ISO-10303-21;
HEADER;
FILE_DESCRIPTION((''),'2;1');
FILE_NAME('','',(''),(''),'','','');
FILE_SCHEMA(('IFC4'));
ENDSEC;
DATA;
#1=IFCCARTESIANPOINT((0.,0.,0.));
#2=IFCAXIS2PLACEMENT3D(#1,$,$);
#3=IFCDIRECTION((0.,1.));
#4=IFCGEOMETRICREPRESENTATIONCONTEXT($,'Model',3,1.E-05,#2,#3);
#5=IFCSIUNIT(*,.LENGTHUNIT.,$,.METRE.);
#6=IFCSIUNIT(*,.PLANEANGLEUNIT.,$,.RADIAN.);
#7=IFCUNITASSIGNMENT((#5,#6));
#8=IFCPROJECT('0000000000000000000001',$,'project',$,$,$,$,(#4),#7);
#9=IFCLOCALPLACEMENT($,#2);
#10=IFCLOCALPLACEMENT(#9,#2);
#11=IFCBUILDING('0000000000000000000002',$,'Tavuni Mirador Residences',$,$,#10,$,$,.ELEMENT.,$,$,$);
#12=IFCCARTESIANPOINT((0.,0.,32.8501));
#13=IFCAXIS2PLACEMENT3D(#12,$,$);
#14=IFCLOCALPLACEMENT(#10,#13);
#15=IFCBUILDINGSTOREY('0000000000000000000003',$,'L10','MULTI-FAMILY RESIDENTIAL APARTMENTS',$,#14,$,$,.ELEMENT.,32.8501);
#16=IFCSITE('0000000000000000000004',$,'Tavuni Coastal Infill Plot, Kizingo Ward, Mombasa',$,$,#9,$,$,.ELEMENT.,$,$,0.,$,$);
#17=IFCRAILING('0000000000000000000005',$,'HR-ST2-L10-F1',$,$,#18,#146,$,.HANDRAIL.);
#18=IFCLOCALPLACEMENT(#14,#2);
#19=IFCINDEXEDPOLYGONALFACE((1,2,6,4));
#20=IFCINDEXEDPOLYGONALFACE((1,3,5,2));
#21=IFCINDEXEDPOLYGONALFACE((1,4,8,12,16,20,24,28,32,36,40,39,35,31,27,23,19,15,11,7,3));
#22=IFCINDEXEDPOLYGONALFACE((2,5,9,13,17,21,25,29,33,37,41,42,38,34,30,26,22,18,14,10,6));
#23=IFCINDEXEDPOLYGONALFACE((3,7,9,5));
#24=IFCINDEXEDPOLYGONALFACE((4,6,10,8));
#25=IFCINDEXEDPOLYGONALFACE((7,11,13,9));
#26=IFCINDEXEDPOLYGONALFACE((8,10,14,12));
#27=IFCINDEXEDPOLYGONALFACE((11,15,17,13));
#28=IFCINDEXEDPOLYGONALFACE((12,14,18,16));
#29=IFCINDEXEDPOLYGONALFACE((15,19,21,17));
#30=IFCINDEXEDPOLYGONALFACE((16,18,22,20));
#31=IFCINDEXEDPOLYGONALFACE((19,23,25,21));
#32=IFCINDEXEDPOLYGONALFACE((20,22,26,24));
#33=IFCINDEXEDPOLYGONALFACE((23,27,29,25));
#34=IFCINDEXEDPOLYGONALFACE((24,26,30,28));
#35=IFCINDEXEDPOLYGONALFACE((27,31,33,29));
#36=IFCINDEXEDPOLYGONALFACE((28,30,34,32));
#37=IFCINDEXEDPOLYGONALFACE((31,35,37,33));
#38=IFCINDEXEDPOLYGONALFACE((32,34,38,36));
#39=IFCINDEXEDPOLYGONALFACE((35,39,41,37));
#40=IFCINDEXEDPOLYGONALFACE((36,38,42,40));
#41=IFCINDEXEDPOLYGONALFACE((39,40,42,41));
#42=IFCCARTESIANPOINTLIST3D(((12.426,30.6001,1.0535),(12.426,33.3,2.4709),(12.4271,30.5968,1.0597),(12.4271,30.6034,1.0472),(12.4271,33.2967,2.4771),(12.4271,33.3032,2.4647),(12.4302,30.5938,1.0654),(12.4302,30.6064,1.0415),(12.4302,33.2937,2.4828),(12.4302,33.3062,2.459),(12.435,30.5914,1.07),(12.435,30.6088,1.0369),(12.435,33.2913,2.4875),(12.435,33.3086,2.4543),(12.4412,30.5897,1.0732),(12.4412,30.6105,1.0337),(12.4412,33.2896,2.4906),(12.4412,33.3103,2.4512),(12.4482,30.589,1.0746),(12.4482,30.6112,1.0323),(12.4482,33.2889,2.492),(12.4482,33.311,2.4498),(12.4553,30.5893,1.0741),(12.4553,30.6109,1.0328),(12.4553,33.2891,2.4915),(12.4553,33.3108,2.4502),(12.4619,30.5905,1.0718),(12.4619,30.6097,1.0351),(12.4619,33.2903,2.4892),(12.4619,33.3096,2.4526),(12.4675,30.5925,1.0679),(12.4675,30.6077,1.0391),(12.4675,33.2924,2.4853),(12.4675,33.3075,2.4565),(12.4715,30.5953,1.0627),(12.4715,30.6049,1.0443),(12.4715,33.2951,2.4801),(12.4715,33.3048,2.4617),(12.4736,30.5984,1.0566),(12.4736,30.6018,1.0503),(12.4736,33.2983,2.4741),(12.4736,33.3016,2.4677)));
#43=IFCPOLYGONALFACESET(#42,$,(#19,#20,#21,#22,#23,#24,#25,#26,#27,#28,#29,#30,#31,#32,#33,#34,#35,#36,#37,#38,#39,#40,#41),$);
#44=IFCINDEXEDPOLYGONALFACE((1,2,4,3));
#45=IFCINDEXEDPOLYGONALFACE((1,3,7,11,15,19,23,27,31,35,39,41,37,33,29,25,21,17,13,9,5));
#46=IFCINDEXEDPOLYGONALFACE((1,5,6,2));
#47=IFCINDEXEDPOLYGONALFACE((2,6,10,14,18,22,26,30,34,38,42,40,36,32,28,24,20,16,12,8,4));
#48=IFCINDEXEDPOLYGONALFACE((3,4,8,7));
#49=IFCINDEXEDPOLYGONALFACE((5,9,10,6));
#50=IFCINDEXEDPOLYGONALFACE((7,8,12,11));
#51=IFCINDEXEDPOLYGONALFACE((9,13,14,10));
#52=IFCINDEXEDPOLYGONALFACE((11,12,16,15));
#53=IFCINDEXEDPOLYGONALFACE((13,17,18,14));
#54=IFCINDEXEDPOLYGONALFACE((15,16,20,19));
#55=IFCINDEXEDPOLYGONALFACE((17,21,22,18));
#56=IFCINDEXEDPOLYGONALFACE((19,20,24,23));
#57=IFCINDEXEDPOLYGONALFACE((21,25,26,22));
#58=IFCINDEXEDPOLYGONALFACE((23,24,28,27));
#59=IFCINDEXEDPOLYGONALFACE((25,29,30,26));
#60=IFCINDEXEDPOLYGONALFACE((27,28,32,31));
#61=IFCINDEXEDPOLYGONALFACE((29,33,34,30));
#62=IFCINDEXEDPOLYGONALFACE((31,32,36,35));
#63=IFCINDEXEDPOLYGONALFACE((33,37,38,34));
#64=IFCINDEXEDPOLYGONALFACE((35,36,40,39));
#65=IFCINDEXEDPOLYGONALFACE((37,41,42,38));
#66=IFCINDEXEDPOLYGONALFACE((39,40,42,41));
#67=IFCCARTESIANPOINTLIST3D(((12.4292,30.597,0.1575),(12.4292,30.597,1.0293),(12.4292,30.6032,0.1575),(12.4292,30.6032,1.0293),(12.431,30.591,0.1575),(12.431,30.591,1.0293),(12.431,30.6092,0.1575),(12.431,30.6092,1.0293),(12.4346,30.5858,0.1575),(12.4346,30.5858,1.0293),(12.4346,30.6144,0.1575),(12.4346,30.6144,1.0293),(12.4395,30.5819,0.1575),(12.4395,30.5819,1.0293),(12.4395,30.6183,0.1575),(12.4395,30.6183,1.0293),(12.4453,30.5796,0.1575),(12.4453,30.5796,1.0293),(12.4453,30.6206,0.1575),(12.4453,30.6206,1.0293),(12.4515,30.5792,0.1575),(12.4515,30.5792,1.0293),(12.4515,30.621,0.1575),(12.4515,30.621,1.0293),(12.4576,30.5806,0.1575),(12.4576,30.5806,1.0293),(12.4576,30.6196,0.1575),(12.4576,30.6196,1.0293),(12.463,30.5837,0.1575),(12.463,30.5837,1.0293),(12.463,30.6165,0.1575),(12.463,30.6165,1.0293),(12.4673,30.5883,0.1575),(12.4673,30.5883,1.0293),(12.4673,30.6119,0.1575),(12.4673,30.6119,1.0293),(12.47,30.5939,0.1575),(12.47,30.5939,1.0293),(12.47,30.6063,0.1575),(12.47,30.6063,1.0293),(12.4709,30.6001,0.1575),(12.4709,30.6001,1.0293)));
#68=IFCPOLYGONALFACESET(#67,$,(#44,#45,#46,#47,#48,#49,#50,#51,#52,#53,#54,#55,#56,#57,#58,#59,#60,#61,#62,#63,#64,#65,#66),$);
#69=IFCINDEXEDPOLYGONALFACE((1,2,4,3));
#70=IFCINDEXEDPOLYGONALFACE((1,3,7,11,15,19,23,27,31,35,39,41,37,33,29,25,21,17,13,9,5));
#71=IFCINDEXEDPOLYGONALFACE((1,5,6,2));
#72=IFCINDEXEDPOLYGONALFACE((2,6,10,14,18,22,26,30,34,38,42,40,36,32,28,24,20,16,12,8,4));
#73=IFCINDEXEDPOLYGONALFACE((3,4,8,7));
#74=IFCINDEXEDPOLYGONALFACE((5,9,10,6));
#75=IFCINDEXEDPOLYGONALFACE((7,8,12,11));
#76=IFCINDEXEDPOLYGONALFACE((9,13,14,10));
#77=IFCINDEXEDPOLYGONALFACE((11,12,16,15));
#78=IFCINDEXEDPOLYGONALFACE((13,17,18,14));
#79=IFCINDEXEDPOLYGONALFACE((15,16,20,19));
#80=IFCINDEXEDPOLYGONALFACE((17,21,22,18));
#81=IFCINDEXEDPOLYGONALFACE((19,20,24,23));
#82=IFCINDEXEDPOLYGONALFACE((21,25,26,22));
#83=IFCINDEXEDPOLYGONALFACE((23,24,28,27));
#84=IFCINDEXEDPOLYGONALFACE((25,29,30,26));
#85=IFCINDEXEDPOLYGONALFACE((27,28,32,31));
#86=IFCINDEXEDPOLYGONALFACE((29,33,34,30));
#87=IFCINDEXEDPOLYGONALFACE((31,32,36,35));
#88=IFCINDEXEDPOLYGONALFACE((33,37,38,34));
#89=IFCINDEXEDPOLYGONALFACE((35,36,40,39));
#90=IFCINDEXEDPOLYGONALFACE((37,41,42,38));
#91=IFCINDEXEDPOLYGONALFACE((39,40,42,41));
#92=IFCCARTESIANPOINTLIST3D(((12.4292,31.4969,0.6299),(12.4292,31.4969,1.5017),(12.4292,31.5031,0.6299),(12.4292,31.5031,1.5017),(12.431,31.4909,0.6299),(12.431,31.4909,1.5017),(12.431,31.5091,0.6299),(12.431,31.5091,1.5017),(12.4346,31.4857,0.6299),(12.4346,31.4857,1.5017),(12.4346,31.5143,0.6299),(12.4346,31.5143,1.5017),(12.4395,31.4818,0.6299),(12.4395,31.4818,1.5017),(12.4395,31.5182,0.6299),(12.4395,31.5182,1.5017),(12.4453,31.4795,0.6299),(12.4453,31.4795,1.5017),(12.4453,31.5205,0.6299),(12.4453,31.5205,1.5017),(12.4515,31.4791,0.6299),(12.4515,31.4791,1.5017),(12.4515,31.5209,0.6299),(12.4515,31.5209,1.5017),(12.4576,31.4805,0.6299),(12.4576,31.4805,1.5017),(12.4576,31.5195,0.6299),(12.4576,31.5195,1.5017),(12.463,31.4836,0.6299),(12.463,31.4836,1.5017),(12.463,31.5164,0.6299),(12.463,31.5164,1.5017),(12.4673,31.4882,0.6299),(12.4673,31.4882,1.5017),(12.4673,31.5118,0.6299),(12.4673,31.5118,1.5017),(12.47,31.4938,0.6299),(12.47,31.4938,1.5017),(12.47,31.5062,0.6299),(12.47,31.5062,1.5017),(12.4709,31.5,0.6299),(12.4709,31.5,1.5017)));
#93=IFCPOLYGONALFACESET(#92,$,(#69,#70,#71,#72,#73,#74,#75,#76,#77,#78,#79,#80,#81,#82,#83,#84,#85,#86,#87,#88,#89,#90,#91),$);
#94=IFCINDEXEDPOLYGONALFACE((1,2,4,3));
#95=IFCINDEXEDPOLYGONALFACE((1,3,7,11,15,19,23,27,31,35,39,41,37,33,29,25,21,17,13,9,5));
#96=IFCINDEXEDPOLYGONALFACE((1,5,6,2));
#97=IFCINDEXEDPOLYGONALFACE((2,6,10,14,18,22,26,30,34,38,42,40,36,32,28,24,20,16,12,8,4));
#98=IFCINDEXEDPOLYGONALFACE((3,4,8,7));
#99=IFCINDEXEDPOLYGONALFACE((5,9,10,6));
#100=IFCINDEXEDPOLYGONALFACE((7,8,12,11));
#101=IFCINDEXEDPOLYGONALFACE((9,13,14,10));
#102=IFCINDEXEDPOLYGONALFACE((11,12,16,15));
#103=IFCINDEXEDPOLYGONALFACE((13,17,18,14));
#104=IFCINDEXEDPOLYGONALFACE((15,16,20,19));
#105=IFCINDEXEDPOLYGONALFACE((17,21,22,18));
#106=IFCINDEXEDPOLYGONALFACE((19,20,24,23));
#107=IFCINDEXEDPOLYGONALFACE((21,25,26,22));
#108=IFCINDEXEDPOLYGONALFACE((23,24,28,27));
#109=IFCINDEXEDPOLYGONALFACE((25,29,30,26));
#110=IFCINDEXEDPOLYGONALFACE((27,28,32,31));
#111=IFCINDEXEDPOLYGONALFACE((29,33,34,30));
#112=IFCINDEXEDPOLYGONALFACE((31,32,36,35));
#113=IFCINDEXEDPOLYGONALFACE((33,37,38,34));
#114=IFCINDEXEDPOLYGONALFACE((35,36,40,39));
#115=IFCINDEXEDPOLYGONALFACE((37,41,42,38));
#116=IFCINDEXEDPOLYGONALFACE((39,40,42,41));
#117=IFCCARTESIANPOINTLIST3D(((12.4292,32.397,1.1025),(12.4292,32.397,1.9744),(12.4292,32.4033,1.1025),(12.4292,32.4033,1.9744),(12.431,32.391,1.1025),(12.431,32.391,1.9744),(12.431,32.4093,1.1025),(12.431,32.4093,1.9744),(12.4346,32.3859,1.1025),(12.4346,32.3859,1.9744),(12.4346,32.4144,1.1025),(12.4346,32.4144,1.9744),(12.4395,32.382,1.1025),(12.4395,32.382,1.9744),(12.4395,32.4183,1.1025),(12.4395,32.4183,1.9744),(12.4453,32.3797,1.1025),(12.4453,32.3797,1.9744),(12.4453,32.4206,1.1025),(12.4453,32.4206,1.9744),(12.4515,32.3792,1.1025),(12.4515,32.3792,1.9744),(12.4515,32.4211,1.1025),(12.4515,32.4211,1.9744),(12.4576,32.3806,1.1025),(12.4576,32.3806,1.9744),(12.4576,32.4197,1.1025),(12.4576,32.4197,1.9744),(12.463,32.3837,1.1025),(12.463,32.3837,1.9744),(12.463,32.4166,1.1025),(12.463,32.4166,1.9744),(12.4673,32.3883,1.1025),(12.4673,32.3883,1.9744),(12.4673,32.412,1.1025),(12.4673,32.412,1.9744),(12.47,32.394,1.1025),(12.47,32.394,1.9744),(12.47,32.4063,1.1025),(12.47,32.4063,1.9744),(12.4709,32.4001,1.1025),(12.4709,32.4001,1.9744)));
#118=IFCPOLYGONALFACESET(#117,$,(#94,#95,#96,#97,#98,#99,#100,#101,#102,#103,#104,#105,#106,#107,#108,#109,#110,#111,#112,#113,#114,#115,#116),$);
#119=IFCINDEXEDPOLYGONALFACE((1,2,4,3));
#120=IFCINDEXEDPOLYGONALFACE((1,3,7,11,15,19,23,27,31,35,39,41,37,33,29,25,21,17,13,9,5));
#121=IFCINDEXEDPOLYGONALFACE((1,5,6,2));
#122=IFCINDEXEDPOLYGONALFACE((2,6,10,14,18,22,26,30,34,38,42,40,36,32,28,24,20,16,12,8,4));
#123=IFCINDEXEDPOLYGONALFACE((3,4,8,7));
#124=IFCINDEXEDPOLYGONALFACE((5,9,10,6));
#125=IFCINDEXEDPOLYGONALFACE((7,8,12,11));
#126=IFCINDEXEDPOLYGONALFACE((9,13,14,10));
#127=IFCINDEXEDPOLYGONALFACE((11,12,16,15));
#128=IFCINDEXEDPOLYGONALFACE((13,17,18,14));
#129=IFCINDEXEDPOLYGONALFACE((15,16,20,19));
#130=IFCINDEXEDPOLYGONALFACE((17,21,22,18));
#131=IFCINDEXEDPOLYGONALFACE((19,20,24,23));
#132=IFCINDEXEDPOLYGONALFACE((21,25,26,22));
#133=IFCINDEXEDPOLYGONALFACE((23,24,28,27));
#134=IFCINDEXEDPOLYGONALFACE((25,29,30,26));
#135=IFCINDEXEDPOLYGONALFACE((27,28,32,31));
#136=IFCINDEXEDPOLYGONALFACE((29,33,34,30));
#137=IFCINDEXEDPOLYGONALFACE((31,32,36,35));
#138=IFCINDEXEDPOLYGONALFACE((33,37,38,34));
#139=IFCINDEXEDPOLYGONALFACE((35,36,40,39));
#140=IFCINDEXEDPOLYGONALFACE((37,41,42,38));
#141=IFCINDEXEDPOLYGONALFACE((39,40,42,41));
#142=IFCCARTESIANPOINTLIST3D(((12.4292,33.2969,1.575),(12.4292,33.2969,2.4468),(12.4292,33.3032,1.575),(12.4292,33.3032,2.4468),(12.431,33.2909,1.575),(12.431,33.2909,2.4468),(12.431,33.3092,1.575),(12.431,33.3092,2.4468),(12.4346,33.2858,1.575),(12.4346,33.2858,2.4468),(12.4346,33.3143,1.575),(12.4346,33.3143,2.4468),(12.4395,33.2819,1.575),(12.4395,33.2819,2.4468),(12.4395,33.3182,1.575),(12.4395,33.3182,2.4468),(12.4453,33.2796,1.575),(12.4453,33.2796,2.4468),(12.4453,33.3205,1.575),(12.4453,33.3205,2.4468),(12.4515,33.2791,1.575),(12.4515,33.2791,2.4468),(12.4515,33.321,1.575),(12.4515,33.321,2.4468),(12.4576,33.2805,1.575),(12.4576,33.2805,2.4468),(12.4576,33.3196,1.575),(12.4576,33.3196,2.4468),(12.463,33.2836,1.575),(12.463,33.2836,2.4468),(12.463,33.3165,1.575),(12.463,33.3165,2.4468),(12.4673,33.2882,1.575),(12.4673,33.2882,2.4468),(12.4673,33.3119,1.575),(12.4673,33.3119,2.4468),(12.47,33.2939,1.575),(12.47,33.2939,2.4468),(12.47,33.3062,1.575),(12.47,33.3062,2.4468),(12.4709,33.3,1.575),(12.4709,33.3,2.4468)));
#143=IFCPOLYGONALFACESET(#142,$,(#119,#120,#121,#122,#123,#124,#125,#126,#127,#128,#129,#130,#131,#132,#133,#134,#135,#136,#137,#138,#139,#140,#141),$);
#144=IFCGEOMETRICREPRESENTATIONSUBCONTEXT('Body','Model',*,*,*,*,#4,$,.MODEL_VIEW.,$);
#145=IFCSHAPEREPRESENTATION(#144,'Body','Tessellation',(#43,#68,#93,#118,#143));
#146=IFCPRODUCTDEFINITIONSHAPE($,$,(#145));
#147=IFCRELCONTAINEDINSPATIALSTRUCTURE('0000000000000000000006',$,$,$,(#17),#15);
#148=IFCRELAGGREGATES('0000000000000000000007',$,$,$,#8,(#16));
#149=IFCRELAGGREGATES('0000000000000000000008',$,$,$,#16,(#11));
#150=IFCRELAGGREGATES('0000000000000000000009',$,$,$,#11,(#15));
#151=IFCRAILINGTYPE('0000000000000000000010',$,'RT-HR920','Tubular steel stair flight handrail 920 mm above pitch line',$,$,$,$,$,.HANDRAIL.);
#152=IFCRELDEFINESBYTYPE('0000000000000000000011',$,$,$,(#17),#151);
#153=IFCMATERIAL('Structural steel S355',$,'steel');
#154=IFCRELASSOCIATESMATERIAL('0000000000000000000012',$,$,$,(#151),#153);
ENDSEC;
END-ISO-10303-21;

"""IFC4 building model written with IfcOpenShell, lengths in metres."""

from ifc_helpers import new_model, si_unit, direction, frame, origin, origin_2d, place, context, subcontext, project, spatial, circle, extrude, material, type_object, element, save


model = new_model("IFC4")

# Units and contexts
model_context = context("Model", 3, precision=1e-05, world=origin(), true_north=direction((0.0, 1.0)))
body_context = subcontext(model_context, "Body", "Model", "MODEL_VIEW")
ifc_project = project(units=[si_unit("LENGTHUNIT", "METRE"), si_unit("PLANEANGLEUNIT", "RADIAN")], contexts=[model_context])

# Site, building, storey
site_placement = place(None, origin())
site = spatial("IfcSite", under=ifc_project, at=site_placement, Name="Tavuni Coastal Infill Plot, Kizingo Ward, Mombasa", CompositionType="ELEMENT", RefElevation=0.0)
building_placement = place(site_placement, origin())
building = spatial("IfcBuilding", under=site, at=building_placement, Name="Tavuni Mirador Residences", CompositionType="ELEMENT")
storey_placement = place(building_placement, frame((0.0, 0.0, 32.8501)))
storey = spatial("IfcBuildingStorey", under=building, at=storey_placement, Name="L10", Description="MULTI-FAMILY RESIDENTIAL APARTMENTS", CompositionType="ELEMENT", Elevation=32.8501)

# Shared definitions
ifc_material_1 = material(Name="Structural steel S355", Category="steel")

# Railing
railing_type_1 = type_object("IfcRailingType", Name="RT-HR920", Description="Tubular steel stair flight handrail 920 mm above pitch line", PredefinedType="HANDRAIL", material=ifc_material_1)
railing_1_placement = place(storey_placement, frame((12.45, 30.6001, 0.1575)))
element("IfcRailing", 1, at=railing_1_placement, inside=storey, type_object=railing_type_1, Name="HR-ST2-L10-F1", PredefinedType="HANDRAIL", context=body_context, shape_type="SweptSolid", body=[
    extrude(circle(Radius=0.0239, at=origin_2d()), frame((0.0, 0.0, 0.896), z_axis=(0.0, 0.885397, 0.464835), x_axis=(-1.0, 0.0, 0.0)), (0.0, 0.0, 1.0), 3.0493),
    extrude(circle(Radius=0.021, at=origin_2d()), origin(), (0.0, 0.0, 1.0), 0.8718),
    extrude(circle(Radius=0.021, at=origin_2d()), frame((0.0, 0.8999, 0.4724)), (0.0, 0.0, 1.0), 0.8718),
    extrude(circle(Radius=0.021, at=origin_2d()), frame((0.0, 1.8, 0.9451)), (0.0, 0.0, 1.0), 0.8718),
    extrude(circle(Radius=0.021, at=origin_2d()), frame((0.0, 2.7, 1.4175)), (0.0, 0.0, 1.0), 0.8718),
])

save(model, "model.ifc")
